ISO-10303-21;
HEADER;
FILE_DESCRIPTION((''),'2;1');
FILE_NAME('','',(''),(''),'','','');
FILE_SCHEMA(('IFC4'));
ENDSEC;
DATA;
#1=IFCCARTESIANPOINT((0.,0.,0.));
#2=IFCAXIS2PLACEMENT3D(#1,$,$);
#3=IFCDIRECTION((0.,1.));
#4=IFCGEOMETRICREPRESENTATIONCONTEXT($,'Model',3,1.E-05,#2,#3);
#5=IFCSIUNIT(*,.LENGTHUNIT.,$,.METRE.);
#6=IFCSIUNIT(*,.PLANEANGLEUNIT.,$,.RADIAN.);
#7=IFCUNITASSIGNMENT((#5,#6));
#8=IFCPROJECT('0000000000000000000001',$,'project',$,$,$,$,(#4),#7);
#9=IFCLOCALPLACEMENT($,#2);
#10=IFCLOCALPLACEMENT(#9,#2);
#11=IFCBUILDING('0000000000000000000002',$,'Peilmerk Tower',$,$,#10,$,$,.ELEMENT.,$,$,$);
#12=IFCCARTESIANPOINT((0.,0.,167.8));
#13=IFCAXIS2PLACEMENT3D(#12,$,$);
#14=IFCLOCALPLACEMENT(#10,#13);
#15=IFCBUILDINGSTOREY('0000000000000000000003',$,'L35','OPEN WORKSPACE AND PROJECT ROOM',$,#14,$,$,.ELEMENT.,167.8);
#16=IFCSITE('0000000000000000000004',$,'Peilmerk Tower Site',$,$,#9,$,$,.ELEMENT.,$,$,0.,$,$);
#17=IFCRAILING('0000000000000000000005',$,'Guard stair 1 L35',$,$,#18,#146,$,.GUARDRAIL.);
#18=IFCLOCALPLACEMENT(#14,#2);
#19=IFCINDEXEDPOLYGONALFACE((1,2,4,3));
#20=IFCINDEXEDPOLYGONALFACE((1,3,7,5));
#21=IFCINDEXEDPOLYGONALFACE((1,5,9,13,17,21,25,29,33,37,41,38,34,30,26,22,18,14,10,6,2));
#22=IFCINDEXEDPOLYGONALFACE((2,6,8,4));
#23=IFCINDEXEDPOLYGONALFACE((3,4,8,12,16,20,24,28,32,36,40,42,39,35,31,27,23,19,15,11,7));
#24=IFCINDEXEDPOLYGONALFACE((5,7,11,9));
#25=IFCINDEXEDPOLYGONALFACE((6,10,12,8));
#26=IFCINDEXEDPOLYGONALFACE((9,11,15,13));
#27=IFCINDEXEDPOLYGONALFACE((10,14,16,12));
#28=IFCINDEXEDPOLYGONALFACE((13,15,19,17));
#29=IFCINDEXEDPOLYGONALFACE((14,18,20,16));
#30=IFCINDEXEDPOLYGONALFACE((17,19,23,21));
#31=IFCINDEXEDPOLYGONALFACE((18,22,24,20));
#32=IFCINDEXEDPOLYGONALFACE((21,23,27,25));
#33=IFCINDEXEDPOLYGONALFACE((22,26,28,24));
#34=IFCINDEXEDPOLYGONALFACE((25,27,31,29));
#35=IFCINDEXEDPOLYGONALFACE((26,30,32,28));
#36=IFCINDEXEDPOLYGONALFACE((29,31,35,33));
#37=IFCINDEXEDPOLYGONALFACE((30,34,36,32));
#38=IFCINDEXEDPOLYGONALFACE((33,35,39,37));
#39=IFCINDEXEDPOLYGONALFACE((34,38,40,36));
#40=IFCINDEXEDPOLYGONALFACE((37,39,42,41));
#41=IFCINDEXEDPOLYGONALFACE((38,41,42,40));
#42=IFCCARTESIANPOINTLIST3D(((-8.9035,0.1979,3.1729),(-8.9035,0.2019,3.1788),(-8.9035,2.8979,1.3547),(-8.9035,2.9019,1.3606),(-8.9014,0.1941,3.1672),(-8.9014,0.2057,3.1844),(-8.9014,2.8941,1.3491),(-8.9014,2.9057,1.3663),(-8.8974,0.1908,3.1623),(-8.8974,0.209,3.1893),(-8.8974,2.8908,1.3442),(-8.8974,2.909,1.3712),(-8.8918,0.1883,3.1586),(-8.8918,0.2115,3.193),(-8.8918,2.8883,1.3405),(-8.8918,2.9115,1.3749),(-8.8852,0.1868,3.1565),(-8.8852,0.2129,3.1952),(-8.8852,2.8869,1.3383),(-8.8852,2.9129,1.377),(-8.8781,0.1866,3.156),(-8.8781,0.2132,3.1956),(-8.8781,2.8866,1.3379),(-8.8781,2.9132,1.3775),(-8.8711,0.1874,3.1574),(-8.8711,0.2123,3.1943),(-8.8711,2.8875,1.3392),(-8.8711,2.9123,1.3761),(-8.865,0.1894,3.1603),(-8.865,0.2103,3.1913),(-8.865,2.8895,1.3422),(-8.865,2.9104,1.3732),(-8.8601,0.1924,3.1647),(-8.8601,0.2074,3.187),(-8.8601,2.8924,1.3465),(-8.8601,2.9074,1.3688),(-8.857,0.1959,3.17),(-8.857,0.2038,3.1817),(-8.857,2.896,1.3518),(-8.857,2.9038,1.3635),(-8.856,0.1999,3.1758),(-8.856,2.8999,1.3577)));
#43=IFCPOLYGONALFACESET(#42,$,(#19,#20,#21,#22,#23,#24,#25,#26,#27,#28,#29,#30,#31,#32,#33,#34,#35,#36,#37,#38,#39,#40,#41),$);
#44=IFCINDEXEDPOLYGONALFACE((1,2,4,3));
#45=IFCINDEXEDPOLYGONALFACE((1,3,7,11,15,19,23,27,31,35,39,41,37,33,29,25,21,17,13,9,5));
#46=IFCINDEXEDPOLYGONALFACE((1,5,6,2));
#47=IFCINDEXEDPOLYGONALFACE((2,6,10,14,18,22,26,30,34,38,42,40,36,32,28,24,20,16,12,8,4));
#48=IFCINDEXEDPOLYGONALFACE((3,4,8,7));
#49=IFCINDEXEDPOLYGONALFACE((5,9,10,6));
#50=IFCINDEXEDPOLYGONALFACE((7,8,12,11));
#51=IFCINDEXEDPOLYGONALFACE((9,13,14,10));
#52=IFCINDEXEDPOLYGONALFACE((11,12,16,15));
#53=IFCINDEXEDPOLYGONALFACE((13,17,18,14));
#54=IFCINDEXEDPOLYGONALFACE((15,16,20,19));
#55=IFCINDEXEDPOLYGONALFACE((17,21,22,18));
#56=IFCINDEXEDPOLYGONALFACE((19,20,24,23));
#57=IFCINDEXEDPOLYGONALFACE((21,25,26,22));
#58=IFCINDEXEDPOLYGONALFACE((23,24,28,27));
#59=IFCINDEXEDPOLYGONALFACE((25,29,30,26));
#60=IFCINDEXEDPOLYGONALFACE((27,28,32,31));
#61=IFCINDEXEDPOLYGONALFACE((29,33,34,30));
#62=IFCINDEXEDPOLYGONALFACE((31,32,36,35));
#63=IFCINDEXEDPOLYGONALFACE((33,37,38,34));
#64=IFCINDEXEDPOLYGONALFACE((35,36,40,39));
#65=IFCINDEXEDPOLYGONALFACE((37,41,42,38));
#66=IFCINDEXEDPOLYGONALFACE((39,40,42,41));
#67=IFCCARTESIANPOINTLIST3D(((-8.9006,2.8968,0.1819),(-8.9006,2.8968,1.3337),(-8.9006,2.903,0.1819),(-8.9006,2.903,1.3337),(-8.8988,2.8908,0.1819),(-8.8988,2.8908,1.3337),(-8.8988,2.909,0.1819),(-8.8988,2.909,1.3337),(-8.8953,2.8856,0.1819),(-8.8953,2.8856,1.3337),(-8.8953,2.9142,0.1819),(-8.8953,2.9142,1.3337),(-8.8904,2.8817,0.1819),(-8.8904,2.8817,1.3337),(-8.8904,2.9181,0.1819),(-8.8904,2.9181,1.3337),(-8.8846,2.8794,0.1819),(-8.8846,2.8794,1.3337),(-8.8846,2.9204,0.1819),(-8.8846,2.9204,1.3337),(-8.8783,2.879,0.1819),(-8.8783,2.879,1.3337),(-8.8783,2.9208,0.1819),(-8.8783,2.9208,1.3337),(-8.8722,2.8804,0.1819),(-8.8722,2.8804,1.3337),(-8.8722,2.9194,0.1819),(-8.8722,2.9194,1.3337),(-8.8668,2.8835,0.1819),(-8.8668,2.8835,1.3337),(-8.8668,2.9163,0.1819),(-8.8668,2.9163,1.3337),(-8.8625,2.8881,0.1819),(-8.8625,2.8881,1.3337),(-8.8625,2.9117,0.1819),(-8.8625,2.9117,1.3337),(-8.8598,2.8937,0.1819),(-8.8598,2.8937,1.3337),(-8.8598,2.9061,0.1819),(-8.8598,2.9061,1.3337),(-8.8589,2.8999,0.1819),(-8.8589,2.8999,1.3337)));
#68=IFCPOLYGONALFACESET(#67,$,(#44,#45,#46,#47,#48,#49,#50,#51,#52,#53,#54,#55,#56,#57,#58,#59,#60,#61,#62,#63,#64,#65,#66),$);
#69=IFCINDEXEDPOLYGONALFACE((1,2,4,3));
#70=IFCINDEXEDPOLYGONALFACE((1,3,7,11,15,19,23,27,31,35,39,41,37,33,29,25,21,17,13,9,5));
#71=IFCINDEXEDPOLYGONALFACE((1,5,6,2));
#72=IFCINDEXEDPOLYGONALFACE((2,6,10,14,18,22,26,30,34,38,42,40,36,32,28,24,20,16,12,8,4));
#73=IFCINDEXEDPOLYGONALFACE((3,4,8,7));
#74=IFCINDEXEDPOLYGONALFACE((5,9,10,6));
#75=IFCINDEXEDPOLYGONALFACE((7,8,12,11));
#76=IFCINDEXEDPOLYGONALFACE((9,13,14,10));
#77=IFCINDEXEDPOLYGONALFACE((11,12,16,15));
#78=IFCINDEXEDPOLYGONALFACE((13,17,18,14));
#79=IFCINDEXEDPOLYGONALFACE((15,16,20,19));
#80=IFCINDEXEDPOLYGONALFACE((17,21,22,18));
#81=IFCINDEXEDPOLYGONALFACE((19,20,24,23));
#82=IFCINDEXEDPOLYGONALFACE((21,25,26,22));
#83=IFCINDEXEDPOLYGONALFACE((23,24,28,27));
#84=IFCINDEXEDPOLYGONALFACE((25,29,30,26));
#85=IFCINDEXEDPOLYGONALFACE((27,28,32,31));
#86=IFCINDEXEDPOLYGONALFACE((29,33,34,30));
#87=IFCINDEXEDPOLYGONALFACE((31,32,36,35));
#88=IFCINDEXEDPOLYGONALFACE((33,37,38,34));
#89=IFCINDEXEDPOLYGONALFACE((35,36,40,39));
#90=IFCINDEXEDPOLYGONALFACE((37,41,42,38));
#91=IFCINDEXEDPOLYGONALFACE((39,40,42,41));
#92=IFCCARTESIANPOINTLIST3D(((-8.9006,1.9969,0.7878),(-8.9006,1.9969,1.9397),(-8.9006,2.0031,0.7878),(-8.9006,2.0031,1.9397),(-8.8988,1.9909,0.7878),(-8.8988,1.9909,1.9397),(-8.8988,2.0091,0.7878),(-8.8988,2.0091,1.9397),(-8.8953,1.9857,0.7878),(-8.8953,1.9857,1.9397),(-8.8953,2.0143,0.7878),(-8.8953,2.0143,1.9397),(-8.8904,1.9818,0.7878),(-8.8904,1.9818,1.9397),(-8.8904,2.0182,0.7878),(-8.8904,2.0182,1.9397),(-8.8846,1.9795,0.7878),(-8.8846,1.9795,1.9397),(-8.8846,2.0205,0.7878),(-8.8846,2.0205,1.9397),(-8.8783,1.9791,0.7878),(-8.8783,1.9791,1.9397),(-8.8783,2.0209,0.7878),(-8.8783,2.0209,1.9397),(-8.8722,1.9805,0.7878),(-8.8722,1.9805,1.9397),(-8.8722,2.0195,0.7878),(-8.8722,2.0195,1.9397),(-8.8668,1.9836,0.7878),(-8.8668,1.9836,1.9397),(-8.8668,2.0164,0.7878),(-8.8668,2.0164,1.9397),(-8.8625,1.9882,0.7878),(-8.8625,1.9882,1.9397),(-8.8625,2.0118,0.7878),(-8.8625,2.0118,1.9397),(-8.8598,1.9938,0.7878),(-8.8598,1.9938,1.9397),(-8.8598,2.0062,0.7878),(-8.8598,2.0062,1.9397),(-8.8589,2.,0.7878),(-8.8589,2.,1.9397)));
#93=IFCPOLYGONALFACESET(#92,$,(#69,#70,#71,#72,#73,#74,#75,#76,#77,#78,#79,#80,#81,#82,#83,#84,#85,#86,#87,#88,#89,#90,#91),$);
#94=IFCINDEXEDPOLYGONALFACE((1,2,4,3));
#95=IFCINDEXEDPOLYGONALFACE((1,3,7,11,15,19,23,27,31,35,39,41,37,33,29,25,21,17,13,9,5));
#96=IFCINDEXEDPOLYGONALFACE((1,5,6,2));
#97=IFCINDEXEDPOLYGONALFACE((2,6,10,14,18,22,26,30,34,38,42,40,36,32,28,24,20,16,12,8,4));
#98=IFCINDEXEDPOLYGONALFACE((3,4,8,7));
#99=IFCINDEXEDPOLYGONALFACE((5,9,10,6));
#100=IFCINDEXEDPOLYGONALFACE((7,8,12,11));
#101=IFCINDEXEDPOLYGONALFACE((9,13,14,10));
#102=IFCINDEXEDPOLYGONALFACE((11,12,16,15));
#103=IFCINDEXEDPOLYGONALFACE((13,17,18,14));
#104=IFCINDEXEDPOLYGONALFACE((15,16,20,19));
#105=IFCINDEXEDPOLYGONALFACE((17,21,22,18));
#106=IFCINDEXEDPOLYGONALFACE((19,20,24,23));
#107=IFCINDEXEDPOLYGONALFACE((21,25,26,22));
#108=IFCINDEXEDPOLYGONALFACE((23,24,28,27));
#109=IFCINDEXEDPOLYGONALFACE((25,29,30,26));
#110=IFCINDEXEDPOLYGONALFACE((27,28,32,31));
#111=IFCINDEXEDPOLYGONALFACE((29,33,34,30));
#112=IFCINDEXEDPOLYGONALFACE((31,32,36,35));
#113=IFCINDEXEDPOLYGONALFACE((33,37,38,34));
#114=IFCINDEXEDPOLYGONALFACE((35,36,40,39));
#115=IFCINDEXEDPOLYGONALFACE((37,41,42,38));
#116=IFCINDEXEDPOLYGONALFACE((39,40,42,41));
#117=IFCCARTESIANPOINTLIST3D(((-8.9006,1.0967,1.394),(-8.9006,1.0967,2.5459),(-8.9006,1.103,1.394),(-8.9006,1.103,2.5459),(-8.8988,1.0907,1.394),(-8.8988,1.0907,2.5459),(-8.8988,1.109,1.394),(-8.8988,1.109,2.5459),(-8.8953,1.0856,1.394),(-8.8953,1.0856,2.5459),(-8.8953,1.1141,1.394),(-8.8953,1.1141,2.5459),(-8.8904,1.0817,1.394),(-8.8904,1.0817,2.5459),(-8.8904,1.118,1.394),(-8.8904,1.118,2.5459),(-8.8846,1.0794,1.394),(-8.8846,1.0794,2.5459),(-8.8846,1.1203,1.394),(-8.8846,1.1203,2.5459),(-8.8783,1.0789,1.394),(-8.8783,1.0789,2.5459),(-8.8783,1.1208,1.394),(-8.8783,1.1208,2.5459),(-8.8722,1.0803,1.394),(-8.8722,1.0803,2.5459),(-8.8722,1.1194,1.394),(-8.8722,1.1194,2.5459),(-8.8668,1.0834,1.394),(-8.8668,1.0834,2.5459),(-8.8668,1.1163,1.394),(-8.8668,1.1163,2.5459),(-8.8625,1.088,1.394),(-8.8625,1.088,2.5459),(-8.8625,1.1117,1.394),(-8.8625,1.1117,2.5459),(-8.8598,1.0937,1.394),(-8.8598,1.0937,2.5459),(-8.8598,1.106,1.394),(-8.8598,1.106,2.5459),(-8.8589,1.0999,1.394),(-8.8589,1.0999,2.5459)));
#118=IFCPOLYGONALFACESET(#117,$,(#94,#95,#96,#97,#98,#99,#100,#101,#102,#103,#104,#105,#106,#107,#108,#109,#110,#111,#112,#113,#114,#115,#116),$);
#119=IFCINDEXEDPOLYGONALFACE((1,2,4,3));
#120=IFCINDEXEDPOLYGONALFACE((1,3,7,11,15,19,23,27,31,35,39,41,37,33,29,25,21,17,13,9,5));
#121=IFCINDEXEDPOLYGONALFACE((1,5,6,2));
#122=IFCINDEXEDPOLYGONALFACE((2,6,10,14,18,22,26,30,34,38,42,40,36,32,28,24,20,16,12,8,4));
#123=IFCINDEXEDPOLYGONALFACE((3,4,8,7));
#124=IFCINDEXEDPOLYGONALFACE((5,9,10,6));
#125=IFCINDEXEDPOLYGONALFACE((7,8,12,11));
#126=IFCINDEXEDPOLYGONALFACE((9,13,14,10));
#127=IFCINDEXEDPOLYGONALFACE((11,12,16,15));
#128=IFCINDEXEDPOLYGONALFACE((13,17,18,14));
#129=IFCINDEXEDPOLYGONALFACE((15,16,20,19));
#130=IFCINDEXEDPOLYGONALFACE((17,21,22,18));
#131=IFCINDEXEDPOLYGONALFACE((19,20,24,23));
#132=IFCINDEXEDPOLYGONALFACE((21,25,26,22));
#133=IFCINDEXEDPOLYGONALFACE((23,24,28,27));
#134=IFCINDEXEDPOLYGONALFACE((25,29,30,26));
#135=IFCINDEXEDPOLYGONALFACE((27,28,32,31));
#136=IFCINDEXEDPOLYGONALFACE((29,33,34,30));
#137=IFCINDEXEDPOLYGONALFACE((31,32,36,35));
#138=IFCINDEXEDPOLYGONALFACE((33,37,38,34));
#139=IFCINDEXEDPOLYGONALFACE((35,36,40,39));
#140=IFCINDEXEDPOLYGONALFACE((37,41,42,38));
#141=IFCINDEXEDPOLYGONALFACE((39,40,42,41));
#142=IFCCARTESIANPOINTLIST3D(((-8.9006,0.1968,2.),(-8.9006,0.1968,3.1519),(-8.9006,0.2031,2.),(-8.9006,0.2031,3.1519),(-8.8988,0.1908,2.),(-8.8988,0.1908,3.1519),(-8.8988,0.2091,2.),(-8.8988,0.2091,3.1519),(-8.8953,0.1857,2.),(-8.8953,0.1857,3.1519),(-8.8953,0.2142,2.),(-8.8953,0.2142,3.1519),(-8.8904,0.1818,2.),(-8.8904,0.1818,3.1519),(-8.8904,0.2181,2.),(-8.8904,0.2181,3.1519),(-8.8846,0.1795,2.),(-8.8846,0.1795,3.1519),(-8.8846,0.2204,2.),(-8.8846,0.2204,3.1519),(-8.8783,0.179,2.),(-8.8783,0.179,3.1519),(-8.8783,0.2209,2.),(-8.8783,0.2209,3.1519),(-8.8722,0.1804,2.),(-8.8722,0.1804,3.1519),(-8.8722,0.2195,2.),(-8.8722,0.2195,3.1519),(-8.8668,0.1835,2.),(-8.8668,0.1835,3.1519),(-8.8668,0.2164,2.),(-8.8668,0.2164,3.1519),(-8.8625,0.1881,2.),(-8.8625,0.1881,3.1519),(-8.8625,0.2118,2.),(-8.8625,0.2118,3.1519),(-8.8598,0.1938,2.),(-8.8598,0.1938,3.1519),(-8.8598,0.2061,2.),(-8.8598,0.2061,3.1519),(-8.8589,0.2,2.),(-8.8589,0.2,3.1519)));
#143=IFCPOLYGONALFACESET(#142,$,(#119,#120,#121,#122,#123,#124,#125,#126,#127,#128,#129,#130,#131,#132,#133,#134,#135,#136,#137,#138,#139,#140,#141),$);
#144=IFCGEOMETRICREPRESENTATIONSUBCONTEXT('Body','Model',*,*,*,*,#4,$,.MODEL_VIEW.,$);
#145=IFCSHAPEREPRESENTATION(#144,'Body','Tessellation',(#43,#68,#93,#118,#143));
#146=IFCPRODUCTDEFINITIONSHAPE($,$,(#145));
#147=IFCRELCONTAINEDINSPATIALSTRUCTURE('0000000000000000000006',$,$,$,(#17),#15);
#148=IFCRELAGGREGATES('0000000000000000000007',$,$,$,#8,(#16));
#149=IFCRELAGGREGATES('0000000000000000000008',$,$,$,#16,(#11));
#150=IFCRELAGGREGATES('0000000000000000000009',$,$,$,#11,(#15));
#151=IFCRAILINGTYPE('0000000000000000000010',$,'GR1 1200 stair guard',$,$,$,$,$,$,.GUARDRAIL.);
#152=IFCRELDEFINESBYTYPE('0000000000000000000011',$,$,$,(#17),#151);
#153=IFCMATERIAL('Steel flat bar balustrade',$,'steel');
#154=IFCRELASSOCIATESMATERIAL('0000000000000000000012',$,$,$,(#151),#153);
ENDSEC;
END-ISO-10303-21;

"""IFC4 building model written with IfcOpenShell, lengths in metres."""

from ifc_helpers import new_model, si_unit, direction, frame, origin, origin_2d, place, context, subcontext, project, spatial, circle, extrude, material, type_object, element, save


model = new_model("IFC4")

# Units and contexts
model_context = context("Model", 3, precision=1e-05, world=origin(), true_north=direction((0.0, 1.0)))
body_context = subcontext(model_context, "Body", "Model", "MODEL_VIEW")
ifc_project = project(units=[si_unit("LENGTHUNIT", "METRE"), si_unit("PLANEANGLEUNIT", "RADIAN")], contexts=[model_context])

# Site, building, storey
site_placement = place(None, origin())
site = spatial("IfcSite", under=ifc_project, at=site_placement, Name="Peilmerk Tower Site", CompositionType="ELEMENT", RefElevation=0.0)
building_placement = place(site_placement, origin())
building = spatial("IfcBuilding", under=site, at=building_placement, Name="Peilmerk Tower", CompositionType="ELEMENT")
storey_placement = place(building_placement, frame((0.0, 0.0, 167.8)))
storey = spatial("IfcBuildingStorey", under=building, at=storey_placement, Name="L35", Description="OPEN WORKSPACE AND PROJECT ROOM", CompositionType="ELEMENT", Elevation=167.8)

# Railing
ifc_material_1 = material(Name="Steel flat bar balustrade", Category="steel")
railing_type_1 = type_object("IfcRailingType", Name="GR1 1200 stair guard", PredefinedType="GUARDRAIL", material=ifc_material_1)
railing_1_placement = place(storey_placement, frame((-8.8799, 2.8999, 0.1819)))
element("IfcRailing", 1, at=railing_1_placement, inside=storey, type_object=railing_type_1, Name="Guard stair 1 L35", PredefinedType="GUARDRAIL", context=body_context, shape_type="SweptSolid", body=[
    extrude(circle(Radius=0.0239, at=origin_2d()), frame((0.0, 0.0, 1.1758), z_axis=(0.0, -0.829468, 0.558554), x_axis=(1.0, 0.0, 0.0)), (0.0, 0.0, 1.0), 3.2551),
    extrude(circle(Radius=0.021, at=origin_2d()), origin(), (0.0, 0.0, 1.0), 1.1519),
    extrude(circle(Radius=0.021, at=origin_2d()), frame((0.0, -0.8999, 0.606)), (0.0, 0.0, 1.0), 1.1519),
    extrude(circle(Radius=0.021, at=origin_2d()), frame((0.0, -1.8, 1.2122)), (0.0, 0.0, 1.0), 1.1519),
    extrude(circle(Radius=0.021, at=origin_2d()), frame((0.0, -2.7, 1.8181)), (0.0, 0.0, 1.0), 1.1519),
])

save(model, "model.ifc")
